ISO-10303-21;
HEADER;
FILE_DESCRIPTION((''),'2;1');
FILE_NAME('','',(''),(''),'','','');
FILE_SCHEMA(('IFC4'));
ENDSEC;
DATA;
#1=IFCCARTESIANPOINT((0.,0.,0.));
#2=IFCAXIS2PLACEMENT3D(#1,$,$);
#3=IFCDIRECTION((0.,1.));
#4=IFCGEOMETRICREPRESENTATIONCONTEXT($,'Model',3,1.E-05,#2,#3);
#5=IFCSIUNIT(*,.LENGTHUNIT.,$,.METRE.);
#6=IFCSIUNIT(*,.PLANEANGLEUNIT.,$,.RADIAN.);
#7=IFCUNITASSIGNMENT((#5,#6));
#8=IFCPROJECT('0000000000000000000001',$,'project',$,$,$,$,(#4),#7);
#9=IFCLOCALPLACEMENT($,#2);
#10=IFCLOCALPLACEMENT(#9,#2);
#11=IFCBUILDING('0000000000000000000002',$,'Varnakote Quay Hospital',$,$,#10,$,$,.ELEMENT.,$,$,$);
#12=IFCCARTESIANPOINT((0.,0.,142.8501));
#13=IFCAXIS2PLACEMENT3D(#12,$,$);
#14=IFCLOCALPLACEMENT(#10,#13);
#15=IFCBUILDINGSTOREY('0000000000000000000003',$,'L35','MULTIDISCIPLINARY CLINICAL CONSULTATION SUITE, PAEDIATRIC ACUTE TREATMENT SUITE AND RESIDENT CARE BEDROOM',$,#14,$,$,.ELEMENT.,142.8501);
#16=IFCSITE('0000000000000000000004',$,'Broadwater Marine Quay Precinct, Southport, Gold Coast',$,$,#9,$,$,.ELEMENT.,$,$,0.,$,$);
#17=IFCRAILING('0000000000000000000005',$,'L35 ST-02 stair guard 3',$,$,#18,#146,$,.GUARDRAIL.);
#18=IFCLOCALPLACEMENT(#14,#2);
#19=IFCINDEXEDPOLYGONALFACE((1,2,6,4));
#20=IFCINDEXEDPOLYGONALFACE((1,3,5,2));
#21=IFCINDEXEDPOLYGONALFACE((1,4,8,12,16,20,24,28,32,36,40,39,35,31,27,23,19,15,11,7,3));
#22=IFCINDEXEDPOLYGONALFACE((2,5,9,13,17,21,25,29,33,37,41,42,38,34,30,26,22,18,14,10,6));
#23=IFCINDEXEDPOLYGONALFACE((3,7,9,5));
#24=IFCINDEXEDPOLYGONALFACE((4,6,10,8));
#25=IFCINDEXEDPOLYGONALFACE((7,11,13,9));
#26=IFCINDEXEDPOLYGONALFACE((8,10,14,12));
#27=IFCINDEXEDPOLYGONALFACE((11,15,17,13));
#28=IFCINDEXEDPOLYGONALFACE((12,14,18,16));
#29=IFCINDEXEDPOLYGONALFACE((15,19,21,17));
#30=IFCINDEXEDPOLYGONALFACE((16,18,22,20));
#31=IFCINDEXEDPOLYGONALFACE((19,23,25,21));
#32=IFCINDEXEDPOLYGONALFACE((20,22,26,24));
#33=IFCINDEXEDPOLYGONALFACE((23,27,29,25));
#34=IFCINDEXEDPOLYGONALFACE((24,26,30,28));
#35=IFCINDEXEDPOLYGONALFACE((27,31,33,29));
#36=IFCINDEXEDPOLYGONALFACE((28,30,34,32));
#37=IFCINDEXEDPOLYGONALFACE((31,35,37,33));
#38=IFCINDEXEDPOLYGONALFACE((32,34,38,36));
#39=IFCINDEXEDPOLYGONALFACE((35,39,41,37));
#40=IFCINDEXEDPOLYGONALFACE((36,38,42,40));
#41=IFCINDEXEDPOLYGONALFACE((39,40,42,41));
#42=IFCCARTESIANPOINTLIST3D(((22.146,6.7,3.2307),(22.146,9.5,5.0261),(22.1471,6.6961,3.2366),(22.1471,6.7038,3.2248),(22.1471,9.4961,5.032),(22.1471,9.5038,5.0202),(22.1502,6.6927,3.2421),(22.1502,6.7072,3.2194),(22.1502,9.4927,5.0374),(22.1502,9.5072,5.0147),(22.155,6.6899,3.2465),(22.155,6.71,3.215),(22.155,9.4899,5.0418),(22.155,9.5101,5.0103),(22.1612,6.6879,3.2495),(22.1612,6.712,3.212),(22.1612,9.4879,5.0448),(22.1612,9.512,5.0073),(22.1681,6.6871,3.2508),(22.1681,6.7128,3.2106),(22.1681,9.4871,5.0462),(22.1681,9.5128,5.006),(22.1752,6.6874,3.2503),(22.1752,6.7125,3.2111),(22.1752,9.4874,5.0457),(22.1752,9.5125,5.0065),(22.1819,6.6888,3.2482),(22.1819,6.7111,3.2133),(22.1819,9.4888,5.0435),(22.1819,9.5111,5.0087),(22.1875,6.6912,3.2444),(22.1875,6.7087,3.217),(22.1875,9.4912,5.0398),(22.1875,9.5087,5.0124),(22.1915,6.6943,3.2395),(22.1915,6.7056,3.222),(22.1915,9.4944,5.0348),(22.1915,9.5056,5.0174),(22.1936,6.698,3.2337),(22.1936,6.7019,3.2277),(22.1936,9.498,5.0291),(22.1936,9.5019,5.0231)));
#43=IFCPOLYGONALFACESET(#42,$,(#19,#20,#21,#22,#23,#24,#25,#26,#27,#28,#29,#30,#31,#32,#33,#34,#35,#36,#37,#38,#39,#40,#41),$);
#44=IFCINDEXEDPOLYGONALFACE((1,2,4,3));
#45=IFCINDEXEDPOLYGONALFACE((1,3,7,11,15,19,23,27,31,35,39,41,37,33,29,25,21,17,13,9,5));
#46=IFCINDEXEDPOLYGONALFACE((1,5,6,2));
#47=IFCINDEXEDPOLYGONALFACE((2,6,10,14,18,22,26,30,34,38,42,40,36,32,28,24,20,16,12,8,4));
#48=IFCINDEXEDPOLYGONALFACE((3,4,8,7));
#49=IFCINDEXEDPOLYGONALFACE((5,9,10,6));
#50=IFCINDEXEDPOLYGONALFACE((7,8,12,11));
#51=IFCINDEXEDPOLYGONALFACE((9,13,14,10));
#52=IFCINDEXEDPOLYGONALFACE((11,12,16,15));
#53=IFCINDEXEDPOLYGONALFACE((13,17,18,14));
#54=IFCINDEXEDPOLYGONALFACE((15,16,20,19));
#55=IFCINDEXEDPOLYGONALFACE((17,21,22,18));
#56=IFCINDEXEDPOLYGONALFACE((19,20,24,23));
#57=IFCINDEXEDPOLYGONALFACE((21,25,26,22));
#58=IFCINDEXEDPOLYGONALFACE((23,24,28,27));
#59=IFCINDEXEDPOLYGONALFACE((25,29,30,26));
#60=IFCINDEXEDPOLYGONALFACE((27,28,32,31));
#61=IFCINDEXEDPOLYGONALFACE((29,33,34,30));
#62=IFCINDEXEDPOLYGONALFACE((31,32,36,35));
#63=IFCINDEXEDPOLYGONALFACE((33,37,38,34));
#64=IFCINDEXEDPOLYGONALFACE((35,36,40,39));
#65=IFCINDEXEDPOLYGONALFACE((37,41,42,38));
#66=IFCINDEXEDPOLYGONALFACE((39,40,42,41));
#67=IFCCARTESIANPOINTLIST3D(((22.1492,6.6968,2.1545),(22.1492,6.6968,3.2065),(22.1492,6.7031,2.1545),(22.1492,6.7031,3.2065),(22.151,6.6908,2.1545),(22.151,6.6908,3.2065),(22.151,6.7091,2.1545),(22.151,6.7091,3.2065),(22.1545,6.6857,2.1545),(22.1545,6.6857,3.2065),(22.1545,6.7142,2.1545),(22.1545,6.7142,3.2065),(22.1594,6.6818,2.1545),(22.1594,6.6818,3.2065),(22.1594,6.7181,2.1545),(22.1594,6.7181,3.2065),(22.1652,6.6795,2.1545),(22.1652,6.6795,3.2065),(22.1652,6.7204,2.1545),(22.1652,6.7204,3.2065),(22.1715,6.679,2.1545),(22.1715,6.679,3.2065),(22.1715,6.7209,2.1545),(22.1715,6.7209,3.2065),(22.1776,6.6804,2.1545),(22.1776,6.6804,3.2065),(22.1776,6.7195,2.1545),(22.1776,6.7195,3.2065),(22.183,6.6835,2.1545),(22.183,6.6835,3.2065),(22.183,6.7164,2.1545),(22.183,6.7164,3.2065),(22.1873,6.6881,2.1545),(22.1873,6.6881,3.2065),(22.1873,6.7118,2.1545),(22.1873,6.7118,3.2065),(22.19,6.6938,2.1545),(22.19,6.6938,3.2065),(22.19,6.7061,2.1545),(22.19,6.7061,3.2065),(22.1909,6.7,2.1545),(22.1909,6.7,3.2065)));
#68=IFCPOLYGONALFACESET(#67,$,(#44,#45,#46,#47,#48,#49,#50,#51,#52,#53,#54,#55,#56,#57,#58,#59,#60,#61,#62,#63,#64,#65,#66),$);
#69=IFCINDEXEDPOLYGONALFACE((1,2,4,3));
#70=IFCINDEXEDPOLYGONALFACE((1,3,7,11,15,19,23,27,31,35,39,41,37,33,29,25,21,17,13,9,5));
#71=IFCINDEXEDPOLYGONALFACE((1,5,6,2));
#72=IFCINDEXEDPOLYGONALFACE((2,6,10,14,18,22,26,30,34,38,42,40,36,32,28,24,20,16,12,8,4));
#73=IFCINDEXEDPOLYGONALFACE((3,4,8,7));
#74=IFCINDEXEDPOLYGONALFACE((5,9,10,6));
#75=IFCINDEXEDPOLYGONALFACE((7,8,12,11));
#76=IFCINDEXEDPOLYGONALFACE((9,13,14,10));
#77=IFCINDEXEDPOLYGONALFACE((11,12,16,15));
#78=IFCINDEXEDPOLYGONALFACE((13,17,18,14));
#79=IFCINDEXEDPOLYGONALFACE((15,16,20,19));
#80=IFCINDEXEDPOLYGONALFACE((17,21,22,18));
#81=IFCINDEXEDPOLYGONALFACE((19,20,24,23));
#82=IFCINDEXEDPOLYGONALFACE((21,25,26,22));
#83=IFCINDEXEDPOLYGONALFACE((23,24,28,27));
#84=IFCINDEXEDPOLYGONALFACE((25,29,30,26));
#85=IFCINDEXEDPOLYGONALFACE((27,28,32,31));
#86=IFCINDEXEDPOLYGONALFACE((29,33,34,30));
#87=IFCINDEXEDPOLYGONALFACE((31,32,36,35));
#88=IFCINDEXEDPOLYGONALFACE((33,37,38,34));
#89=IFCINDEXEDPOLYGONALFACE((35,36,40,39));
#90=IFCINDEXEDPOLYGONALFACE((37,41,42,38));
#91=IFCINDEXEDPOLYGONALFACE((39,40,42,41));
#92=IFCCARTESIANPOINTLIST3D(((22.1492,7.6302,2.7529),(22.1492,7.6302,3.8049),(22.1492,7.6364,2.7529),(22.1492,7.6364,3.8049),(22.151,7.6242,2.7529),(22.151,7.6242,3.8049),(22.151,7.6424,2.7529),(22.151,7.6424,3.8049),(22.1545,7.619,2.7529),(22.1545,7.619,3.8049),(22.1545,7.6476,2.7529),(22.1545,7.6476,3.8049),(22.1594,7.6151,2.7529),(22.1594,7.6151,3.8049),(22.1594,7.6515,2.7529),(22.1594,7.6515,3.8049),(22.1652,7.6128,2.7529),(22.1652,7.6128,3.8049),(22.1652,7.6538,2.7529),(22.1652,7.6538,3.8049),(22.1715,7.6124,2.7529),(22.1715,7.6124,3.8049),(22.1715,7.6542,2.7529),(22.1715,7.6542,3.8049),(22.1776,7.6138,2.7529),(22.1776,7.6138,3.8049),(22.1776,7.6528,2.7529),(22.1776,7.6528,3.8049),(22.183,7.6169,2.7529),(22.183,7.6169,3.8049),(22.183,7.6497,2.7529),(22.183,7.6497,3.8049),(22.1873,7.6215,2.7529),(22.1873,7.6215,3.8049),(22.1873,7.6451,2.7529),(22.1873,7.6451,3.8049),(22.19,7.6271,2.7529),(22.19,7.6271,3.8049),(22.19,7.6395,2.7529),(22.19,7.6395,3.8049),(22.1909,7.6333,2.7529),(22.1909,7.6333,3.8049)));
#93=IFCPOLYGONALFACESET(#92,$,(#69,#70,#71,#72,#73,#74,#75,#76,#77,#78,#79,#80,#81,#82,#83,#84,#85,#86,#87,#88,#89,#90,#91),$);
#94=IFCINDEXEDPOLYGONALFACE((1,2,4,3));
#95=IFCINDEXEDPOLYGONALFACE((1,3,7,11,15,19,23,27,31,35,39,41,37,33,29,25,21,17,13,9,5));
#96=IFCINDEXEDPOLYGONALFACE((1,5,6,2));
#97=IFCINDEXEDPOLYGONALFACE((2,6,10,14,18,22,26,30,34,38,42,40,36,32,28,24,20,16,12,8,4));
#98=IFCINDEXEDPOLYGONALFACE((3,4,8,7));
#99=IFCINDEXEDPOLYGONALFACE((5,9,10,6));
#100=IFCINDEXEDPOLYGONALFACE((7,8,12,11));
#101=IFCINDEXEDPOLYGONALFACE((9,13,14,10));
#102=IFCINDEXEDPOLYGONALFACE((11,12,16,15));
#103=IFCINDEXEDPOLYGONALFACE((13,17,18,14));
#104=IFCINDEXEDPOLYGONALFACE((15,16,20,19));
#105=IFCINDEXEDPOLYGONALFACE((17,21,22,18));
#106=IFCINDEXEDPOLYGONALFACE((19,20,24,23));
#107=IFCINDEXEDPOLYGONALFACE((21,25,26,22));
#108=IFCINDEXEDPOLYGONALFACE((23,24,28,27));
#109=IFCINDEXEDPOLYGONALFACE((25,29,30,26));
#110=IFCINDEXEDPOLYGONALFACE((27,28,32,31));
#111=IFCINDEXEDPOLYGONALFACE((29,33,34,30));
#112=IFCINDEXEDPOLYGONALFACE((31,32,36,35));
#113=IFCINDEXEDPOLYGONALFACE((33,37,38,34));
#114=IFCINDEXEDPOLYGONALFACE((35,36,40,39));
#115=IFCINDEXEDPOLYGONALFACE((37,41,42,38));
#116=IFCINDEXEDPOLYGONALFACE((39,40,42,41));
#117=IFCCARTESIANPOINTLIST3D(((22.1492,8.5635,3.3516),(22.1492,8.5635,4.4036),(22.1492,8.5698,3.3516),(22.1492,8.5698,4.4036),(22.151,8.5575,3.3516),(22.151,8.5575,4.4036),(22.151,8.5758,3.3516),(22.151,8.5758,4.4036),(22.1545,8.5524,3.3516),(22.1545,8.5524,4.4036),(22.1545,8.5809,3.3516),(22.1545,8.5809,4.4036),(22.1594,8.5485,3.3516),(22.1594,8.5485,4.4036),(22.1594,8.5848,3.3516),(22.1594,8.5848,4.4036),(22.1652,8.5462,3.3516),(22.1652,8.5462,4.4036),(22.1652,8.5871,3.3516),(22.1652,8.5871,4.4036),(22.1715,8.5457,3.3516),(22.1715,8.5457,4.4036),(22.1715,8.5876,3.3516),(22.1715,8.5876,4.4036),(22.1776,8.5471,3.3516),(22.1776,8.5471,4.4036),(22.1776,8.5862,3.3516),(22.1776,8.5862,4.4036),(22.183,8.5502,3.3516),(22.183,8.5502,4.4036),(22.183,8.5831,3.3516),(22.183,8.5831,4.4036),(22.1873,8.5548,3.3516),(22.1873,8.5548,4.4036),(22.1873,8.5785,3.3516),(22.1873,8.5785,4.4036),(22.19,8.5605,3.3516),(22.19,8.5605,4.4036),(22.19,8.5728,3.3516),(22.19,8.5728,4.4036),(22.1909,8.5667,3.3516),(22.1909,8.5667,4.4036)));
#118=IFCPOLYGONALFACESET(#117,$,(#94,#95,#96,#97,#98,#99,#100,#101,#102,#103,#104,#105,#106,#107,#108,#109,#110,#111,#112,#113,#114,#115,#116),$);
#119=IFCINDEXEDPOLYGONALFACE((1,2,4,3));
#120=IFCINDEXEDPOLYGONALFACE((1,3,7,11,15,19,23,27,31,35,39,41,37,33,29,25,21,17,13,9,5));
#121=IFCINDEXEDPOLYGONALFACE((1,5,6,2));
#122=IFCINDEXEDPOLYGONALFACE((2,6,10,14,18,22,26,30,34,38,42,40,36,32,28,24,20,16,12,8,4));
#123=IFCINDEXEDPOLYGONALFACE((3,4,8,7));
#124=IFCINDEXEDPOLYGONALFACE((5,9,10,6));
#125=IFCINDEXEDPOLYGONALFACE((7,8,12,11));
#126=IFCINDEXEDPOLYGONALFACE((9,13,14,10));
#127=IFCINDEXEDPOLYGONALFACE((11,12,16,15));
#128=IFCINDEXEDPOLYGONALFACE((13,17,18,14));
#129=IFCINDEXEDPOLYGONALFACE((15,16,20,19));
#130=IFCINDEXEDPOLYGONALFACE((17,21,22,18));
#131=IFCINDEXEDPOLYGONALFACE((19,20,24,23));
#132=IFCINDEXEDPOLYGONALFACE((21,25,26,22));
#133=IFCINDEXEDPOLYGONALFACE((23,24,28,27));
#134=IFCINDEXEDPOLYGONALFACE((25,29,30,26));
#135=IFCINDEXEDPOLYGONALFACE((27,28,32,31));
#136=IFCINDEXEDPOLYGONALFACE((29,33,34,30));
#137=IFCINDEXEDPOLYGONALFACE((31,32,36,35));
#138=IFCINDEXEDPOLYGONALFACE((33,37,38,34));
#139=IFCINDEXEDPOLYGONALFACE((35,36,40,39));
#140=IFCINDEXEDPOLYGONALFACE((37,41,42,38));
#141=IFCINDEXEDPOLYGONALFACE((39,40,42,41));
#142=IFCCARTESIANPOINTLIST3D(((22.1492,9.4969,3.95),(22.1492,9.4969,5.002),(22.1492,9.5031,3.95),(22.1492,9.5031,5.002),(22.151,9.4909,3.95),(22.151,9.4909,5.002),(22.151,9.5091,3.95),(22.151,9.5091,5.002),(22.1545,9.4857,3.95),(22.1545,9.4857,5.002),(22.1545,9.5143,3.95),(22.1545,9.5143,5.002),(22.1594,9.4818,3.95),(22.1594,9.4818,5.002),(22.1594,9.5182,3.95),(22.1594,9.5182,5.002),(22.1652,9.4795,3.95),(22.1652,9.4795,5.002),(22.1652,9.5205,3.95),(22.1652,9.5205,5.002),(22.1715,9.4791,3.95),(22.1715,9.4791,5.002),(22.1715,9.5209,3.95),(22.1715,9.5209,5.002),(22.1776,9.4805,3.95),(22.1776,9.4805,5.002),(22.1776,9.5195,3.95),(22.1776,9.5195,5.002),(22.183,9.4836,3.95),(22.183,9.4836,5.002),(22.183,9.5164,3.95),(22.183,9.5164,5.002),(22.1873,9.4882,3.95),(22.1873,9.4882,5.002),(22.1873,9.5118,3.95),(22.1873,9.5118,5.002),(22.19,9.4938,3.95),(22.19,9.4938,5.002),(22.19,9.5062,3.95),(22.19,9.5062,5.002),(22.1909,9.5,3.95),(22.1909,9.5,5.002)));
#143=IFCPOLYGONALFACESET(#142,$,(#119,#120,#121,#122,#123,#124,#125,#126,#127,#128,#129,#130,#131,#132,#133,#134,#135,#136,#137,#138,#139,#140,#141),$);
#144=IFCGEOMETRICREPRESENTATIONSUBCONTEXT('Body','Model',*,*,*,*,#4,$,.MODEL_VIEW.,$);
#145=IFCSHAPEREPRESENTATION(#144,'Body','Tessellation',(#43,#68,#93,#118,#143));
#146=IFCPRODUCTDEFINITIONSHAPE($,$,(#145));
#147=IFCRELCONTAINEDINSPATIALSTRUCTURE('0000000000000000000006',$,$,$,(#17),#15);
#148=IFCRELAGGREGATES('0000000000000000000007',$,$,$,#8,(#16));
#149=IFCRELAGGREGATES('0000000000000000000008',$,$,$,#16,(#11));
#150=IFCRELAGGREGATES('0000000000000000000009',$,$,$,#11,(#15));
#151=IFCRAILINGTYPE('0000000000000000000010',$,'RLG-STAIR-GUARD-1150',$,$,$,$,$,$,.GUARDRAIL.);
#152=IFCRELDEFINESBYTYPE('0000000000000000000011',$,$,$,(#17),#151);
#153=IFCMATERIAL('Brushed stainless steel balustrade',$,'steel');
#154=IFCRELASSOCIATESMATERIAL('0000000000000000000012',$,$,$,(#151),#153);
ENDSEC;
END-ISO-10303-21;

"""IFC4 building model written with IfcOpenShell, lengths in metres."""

from ifc_helpers import new_model, si_unit, direction, frame, origin, origin_2d, place, context, subcontext, project, spatial, circle, extrude, material, type_object, element, save


model = new_model("IFC4")

# Units and contexts
model_context = context("Model", 3, precision=1e-05, world=origin(), true_north=direction((0.0, 1.0)))
body_context = subcontext(model_context, "Body", "Model", "MODEL_VIEW")
ifc_project = project(units=[si_unit("LENGTHUNIT", "METRE"), si_unit("PLANEANGLEUNIT", "RADIAN")], contexts=[model_context])

# Site, building, storey
site_placement = place(None, origin())
site = spatial("IfcSite", under=ifc_project, at=site_placement, Name="Broadwater Marine Quay Precinct, Southport, Gold Coast", CompositionType="ELEMENT", RefElevation=0.0)
building_placement = place(site_placement, origin())
building = spatial("IfcBuilding", under=site, at=building_placement, Name="Varnakote Quay Hospital", CompositionType="ELEMENT")
storey_placement = place(building_placement, frame((0.0, 0.0, 142.8501)))
storey = spatial("IfcBuildingStorey", under=building, at=storey_placement, Name="L35", Description="MULTIDISCIPLINARY CLINICAL CONSULTATION SUITE, PAEDIATRIC ACUTE TREATMENT SUITE AND RESIDENT CARE BEDROOM", CompositionType="ELEMENT", Elevation=142.8501)

# Railing
ifc_material_1 = material(Name="Brushed stainless steel balustrade", Category="steel")
railing_type_1 = type_object("IfcRailingType", Name="RLG-STAIR-GUARD-1150", PredefinedType="GUARDRAIL", material=ifc_material_1)
railing_1_placement = place(storey_placement, frame((22.1699, 6.7, 2.1545)))
element("IfcRailing", 1, at=railing_1_placement, inside=storey, type_object=railing_type_1, Name="L35 ST-02 stair guard 3", PredefinedType="GUARDRAIL", context=body_context, shape_type="SweptSolid", body=[
    extrude(circle(Radius=0.0239, at=origin_2d()), frame((0.0, 0.0, 1.0762), z_axis=(0.0, 0.84181, 0.539774), x_axis=(-1.0, 0.0, 0.0)), (0.0, 0.0, 1.0), 3.3262),
    extrude(circle(Radius=0.021, at=origin_2d()), origin(), (0.0, 0.0, 1.0), 1.052),
    extrude(circle(Radius=0.021, at=origin_2d()), frame((0.0, 0.9333, 0.5984)), (0.0, 0.0, 1.0), 1.052),
    extrude(circle(Radius=0.021, at=origin_2d()), frame((0.0, 1.8667, 1.197)), (0.0, 0.0, 1.0), 1.052),
    extrude(circle(Radius=0.021, at=origin_2d()), frame((0.0, 2.8, 1.7954)), (0.0, 0.0, 1.0), 1.052),
])

save(model, "model.ifc")
